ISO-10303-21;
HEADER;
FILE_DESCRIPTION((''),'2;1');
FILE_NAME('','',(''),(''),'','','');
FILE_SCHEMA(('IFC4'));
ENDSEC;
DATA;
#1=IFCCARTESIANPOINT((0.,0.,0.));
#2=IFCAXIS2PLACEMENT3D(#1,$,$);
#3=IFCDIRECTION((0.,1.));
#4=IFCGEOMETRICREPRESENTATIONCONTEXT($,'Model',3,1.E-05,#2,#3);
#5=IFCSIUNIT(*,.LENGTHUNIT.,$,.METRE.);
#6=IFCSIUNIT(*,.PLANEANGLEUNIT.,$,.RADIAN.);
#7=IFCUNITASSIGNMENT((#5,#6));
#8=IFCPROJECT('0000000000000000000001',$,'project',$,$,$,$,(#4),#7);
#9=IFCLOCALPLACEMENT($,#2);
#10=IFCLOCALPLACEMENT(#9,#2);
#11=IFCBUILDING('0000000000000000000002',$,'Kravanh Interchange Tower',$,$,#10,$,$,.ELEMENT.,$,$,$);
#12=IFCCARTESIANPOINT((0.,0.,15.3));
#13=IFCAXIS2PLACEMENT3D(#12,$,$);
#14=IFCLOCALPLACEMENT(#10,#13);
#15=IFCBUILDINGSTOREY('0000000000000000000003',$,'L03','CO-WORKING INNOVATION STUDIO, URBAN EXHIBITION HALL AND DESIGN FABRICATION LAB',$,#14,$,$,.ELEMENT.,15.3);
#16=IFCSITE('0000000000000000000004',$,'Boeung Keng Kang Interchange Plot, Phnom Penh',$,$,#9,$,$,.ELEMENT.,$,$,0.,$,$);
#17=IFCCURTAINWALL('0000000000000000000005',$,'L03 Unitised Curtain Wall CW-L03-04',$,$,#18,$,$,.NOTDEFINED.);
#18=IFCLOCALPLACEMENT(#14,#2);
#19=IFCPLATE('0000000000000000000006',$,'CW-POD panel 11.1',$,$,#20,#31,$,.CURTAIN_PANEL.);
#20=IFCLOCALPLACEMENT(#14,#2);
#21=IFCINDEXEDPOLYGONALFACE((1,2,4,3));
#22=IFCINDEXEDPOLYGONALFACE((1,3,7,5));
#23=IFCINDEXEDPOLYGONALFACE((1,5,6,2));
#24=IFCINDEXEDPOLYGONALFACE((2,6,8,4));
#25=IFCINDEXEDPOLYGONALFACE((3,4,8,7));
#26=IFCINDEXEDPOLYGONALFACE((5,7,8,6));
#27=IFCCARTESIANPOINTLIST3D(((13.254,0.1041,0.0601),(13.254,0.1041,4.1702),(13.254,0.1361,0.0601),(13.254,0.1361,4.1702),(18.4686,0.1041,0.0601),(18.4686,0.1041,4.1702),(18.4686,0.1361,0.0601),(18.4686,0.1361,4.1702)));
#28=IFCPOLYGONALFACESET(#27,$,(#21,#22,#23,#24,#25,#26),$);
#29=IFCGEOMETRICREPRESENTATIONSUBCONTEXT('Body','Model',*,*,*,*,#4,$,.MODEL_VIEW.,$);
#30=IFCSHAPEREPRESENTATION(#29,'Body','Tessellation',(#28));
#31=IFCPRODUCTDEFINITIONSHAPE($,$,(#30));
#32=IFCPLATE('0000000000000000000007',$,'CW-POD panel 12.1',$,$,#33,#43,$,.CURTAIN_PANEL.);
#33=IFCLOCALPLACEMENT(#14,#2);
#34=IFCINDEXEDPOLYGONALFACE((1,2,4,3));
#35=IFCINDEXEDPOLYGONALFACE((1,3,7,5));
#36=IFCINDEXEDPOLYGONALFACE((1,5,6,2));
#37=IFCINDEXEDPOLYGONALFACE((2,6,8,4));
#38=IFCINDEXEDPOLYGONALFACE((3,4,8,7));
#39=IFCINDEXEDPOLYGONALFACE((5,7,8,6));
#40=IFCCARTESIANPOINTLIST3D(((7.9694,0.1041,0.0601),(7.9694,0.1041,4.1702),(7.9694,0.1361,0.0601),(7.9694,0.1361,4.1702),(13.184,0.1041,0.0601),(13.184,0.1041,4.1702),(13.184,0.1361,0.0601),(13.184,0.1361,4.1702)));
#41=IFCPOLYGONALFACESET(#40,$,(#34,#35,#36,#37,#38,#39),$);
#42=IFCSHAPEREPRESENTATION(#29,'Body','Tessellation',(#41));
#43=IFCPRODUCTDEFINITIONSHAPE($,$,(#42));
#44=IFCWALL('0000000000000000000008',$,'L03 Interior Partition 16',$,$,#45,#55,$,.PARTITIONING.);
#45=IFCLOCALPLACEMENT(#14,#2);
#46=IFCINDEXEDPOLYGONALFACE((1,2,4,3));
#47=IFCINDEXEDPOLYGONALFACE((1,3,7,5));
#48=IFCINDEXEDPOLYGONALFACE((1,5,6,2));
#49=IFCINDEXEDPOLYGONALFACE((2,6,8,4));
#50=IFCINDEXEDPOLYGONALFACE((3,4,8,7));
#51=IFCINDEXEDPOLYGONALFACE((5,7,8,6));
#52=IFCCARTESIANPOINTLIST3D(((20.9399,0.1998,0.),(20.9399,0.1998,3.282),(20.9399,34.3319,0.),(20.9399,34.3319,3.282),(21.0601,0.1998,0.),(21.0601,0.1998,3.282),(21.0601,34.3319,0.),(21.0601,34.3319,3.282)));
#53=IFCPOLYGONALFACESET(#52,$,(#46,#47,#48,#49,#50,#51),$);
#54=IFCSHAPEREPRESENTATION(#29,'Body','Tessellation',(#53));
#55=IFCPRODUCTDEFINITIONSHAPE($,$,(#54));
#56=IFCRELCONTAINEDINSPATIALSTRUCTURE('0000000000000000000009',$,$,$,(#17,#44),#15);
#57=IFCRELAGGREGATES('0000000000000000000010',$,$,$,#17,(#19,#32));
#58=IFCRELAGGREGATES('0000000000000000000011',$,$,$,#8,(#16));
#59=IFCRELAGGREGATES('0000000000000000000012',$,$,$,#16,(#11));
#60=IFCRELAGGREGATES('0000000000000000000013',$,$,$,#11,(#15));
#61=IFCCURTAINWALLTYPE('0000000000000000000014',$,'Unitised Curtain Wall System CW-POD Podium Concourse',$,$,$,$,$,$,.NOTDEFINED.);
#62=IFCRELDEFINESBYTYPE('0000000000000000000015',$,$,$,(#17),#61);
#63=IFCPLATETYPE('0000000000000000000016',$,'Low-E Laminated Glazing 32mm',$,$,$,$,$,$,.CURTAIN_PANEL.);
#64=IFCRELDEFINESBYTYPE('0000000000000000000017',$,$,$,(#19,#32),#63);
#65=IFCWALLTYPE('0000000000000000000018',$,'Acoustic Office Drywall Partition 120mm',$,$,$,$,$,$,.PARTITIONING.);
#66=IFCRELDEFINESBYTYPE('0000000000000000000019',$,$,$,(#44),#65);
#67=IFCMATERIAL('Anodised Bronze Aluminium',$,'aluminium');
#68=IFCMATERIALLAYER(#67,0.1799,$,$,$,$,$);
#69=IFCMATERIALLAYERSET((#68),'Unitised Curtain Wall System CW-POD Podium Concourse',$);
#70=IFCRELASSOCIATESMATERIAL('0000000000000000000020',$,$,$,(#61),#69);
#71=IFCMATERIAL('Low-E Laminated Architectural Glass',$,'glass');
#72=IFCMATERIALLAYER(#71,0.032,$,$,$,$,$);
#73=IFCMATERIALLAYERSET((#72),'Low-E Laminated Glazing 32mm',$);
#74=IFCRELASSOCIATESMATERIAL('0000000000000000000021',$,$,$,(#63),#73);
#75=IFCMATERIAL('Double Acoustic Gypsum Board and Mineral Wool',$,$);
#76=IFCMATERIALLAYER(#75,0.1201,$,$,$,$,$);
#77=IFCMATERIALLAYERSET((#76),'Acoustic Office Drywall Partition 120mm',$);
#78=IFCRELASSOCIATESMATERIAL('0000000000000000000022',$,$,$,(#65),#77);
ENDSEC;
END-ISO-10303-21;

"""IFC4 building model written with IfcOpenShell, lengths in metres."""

from ifc_helpers import new_model, si_unit, direction, frame, frame_2d, origin, origin_2d, place, context, subcontext, project, spatial, rectangle, extrude, material, layer, layer_set, type_object, element, aggregate, save


model = new_model("IFC4")

# Units and contexts
model_context = context("Model", 3, precision=1e-05, world=origin(), true_north=direction((0.0, 1.0)))
body_context = subcontext(model_context, "Body", "Model", "MODEL_VIEW")
ifc_project = project(units=[si_unit("LENGTHUNIT", "METRE"), si_unit("PLANEANGLEUNIT", "RADIAN")], contexts=[model_context])

# Site, building, storey
site_placement = place(None, origin())
site = spatial("IfcSite", under=ifc_project, at=site_placement, Name="Boeung Keng Kang Interchange Plot, Phnom Penh", CompositionType="ELEMENT", RefElevation=0.0)
building_placement = place(site_placement, origin())
building = spatial("IfcBuilding", under=site, at=building_placement, Name="Kravanh Interchange Tower", CompositionType="ELEMENT")
storey_placement = place(building_placement, frame((0.0, 0.0, 15.3)))
storey = spatial("IfcBuildingStorey", under=building, at=storey_placement, Name="L03", Description="CO-WORKING INNOVATION STUDIO, URBAN EXHIBITION HALL AND DESIGN FABRICATION LAB", CompositionType="ELEMENT", Elevation=15.3)

# Curtain wall
ifc_material_1 = material(Name="Anodised Bronze Aluminium", Category="aluminium")
ifc_layer_1 = layer(ifc_material_1, 0.1799)
ifc_layer_set_1 = layer_set([ifc_layer_1], Name="Unitised Curtain Wall System CW-POD Podium Concourse")
curtain_wall_type = type_object("IfcCurtainWallType", Name="Unitised Curtain Wall System CW-POD Podium Concourse", PredefinedType="NOTDEFINED", material=ifc_layer_set_1)
curtain_wall_placement = place(storey_placement, origin())
curtain_wall = element("IfcCurtainWall", 1, at=curtain_wall_placement, inside=storey, type_object=curtain_wall_type, Name="L03 Unitised Curtain Wall CW-L03-04", PredefinedType="NOTDEFINED")

# Plates
ifc_material_2 = material(Name="Low-E Laminated Architectural Glass", Category="glass")
ifc_layer_2 = layer(ifc_material_2, 0.032)
ifc_layer_set_2 = layer_set([ifc_layer_2], Name="Low-E Laminated Glazing 32mm")
plate_type = type_object("IfcPlateType", Name="Low-E Laminated Glazing 32mm", PredefinedType="CURTAIN_PANEL", material=ifc_layer_set_2)
plate_1_placement = place(storey_placement, frame((15.8613, 0.1201, 0.0601), z_axis=(0.0, 0.0, 1.0), x_axis=(-1.0, 0.0, 0.0)))
plate_1 = element("IfcPlate", 2, at=plate_1_placement, type_object=plate_type, Name="CW-POD panel 11.1", PredefinedType="CURTAIN_PANEL", context=body_context, shape_type="SweptSolid", body=[
    extrude(rectangle(XDim=5.2146, YDim=0.032, at=origin_2d()), origin(), (0.0, 0.0, 1.0), 4.1101),
])
plate_2_placement = place(storey_placement, frame((10.5767, 0.1201, 0.0601), z_axis=(0.0, 0.0, 1.0), x_axis=(-1.0, 0.0, 0.0)))
plate_2 = element("IfcPlate", 3, at=plate_2_placement, type_object=plate_type, Name="CW-POD panel 12.1", PredefinedType="CURTAIN_PANEL", context=body_context, shape_type="SweptSolid", body=[
    extrude(rectangle(XDim=5.2146, YDim=0.032, at=origin_2d()), origin(), (0.0, 0.0, 1.0), 4.1101),
])
aggregate(curtain_wall, [plate_1, plate_2])

# Wall
ifc_material_3 = material(Name="Double Acoustic Gypsum Board and Mineral Wool")
ifc_layer_3 = layer(ifc_material_3, 0.1201)
ifc_layer_set_3 = layer_set([ifc_layer_3], Name="Acoustic Office Drywall Partition 120mm")
wall_type = type_object("IfcWallType", Name="Acoustic Office Drywall Partition 120mm", PredefinedType="PARTITIONING", material=ifc_layer_set_3)
wall_placement = place(storey_placement, frame((21.0, 0.2, 0.0), z_axis=(0.0, 0.0, 1.0), x_axis=(0.0, 1.0, 0.0)))
element("IfcWall", 4, at=wall_placement, inside=storey, type_object=wall_type, Name="L03 Interior Partition 16", PredefinedType="PARTITIONING", context=body_context, shape_type="SweptSolid", body=[
    extrude(rectangle(XDim=34.1321, YDim=0.1201, at=frame_2d((17.0659, 0.0))), origin(), (0.0, 0.0, 1.0), 3.282),
])

save(model, "model.ifc")
